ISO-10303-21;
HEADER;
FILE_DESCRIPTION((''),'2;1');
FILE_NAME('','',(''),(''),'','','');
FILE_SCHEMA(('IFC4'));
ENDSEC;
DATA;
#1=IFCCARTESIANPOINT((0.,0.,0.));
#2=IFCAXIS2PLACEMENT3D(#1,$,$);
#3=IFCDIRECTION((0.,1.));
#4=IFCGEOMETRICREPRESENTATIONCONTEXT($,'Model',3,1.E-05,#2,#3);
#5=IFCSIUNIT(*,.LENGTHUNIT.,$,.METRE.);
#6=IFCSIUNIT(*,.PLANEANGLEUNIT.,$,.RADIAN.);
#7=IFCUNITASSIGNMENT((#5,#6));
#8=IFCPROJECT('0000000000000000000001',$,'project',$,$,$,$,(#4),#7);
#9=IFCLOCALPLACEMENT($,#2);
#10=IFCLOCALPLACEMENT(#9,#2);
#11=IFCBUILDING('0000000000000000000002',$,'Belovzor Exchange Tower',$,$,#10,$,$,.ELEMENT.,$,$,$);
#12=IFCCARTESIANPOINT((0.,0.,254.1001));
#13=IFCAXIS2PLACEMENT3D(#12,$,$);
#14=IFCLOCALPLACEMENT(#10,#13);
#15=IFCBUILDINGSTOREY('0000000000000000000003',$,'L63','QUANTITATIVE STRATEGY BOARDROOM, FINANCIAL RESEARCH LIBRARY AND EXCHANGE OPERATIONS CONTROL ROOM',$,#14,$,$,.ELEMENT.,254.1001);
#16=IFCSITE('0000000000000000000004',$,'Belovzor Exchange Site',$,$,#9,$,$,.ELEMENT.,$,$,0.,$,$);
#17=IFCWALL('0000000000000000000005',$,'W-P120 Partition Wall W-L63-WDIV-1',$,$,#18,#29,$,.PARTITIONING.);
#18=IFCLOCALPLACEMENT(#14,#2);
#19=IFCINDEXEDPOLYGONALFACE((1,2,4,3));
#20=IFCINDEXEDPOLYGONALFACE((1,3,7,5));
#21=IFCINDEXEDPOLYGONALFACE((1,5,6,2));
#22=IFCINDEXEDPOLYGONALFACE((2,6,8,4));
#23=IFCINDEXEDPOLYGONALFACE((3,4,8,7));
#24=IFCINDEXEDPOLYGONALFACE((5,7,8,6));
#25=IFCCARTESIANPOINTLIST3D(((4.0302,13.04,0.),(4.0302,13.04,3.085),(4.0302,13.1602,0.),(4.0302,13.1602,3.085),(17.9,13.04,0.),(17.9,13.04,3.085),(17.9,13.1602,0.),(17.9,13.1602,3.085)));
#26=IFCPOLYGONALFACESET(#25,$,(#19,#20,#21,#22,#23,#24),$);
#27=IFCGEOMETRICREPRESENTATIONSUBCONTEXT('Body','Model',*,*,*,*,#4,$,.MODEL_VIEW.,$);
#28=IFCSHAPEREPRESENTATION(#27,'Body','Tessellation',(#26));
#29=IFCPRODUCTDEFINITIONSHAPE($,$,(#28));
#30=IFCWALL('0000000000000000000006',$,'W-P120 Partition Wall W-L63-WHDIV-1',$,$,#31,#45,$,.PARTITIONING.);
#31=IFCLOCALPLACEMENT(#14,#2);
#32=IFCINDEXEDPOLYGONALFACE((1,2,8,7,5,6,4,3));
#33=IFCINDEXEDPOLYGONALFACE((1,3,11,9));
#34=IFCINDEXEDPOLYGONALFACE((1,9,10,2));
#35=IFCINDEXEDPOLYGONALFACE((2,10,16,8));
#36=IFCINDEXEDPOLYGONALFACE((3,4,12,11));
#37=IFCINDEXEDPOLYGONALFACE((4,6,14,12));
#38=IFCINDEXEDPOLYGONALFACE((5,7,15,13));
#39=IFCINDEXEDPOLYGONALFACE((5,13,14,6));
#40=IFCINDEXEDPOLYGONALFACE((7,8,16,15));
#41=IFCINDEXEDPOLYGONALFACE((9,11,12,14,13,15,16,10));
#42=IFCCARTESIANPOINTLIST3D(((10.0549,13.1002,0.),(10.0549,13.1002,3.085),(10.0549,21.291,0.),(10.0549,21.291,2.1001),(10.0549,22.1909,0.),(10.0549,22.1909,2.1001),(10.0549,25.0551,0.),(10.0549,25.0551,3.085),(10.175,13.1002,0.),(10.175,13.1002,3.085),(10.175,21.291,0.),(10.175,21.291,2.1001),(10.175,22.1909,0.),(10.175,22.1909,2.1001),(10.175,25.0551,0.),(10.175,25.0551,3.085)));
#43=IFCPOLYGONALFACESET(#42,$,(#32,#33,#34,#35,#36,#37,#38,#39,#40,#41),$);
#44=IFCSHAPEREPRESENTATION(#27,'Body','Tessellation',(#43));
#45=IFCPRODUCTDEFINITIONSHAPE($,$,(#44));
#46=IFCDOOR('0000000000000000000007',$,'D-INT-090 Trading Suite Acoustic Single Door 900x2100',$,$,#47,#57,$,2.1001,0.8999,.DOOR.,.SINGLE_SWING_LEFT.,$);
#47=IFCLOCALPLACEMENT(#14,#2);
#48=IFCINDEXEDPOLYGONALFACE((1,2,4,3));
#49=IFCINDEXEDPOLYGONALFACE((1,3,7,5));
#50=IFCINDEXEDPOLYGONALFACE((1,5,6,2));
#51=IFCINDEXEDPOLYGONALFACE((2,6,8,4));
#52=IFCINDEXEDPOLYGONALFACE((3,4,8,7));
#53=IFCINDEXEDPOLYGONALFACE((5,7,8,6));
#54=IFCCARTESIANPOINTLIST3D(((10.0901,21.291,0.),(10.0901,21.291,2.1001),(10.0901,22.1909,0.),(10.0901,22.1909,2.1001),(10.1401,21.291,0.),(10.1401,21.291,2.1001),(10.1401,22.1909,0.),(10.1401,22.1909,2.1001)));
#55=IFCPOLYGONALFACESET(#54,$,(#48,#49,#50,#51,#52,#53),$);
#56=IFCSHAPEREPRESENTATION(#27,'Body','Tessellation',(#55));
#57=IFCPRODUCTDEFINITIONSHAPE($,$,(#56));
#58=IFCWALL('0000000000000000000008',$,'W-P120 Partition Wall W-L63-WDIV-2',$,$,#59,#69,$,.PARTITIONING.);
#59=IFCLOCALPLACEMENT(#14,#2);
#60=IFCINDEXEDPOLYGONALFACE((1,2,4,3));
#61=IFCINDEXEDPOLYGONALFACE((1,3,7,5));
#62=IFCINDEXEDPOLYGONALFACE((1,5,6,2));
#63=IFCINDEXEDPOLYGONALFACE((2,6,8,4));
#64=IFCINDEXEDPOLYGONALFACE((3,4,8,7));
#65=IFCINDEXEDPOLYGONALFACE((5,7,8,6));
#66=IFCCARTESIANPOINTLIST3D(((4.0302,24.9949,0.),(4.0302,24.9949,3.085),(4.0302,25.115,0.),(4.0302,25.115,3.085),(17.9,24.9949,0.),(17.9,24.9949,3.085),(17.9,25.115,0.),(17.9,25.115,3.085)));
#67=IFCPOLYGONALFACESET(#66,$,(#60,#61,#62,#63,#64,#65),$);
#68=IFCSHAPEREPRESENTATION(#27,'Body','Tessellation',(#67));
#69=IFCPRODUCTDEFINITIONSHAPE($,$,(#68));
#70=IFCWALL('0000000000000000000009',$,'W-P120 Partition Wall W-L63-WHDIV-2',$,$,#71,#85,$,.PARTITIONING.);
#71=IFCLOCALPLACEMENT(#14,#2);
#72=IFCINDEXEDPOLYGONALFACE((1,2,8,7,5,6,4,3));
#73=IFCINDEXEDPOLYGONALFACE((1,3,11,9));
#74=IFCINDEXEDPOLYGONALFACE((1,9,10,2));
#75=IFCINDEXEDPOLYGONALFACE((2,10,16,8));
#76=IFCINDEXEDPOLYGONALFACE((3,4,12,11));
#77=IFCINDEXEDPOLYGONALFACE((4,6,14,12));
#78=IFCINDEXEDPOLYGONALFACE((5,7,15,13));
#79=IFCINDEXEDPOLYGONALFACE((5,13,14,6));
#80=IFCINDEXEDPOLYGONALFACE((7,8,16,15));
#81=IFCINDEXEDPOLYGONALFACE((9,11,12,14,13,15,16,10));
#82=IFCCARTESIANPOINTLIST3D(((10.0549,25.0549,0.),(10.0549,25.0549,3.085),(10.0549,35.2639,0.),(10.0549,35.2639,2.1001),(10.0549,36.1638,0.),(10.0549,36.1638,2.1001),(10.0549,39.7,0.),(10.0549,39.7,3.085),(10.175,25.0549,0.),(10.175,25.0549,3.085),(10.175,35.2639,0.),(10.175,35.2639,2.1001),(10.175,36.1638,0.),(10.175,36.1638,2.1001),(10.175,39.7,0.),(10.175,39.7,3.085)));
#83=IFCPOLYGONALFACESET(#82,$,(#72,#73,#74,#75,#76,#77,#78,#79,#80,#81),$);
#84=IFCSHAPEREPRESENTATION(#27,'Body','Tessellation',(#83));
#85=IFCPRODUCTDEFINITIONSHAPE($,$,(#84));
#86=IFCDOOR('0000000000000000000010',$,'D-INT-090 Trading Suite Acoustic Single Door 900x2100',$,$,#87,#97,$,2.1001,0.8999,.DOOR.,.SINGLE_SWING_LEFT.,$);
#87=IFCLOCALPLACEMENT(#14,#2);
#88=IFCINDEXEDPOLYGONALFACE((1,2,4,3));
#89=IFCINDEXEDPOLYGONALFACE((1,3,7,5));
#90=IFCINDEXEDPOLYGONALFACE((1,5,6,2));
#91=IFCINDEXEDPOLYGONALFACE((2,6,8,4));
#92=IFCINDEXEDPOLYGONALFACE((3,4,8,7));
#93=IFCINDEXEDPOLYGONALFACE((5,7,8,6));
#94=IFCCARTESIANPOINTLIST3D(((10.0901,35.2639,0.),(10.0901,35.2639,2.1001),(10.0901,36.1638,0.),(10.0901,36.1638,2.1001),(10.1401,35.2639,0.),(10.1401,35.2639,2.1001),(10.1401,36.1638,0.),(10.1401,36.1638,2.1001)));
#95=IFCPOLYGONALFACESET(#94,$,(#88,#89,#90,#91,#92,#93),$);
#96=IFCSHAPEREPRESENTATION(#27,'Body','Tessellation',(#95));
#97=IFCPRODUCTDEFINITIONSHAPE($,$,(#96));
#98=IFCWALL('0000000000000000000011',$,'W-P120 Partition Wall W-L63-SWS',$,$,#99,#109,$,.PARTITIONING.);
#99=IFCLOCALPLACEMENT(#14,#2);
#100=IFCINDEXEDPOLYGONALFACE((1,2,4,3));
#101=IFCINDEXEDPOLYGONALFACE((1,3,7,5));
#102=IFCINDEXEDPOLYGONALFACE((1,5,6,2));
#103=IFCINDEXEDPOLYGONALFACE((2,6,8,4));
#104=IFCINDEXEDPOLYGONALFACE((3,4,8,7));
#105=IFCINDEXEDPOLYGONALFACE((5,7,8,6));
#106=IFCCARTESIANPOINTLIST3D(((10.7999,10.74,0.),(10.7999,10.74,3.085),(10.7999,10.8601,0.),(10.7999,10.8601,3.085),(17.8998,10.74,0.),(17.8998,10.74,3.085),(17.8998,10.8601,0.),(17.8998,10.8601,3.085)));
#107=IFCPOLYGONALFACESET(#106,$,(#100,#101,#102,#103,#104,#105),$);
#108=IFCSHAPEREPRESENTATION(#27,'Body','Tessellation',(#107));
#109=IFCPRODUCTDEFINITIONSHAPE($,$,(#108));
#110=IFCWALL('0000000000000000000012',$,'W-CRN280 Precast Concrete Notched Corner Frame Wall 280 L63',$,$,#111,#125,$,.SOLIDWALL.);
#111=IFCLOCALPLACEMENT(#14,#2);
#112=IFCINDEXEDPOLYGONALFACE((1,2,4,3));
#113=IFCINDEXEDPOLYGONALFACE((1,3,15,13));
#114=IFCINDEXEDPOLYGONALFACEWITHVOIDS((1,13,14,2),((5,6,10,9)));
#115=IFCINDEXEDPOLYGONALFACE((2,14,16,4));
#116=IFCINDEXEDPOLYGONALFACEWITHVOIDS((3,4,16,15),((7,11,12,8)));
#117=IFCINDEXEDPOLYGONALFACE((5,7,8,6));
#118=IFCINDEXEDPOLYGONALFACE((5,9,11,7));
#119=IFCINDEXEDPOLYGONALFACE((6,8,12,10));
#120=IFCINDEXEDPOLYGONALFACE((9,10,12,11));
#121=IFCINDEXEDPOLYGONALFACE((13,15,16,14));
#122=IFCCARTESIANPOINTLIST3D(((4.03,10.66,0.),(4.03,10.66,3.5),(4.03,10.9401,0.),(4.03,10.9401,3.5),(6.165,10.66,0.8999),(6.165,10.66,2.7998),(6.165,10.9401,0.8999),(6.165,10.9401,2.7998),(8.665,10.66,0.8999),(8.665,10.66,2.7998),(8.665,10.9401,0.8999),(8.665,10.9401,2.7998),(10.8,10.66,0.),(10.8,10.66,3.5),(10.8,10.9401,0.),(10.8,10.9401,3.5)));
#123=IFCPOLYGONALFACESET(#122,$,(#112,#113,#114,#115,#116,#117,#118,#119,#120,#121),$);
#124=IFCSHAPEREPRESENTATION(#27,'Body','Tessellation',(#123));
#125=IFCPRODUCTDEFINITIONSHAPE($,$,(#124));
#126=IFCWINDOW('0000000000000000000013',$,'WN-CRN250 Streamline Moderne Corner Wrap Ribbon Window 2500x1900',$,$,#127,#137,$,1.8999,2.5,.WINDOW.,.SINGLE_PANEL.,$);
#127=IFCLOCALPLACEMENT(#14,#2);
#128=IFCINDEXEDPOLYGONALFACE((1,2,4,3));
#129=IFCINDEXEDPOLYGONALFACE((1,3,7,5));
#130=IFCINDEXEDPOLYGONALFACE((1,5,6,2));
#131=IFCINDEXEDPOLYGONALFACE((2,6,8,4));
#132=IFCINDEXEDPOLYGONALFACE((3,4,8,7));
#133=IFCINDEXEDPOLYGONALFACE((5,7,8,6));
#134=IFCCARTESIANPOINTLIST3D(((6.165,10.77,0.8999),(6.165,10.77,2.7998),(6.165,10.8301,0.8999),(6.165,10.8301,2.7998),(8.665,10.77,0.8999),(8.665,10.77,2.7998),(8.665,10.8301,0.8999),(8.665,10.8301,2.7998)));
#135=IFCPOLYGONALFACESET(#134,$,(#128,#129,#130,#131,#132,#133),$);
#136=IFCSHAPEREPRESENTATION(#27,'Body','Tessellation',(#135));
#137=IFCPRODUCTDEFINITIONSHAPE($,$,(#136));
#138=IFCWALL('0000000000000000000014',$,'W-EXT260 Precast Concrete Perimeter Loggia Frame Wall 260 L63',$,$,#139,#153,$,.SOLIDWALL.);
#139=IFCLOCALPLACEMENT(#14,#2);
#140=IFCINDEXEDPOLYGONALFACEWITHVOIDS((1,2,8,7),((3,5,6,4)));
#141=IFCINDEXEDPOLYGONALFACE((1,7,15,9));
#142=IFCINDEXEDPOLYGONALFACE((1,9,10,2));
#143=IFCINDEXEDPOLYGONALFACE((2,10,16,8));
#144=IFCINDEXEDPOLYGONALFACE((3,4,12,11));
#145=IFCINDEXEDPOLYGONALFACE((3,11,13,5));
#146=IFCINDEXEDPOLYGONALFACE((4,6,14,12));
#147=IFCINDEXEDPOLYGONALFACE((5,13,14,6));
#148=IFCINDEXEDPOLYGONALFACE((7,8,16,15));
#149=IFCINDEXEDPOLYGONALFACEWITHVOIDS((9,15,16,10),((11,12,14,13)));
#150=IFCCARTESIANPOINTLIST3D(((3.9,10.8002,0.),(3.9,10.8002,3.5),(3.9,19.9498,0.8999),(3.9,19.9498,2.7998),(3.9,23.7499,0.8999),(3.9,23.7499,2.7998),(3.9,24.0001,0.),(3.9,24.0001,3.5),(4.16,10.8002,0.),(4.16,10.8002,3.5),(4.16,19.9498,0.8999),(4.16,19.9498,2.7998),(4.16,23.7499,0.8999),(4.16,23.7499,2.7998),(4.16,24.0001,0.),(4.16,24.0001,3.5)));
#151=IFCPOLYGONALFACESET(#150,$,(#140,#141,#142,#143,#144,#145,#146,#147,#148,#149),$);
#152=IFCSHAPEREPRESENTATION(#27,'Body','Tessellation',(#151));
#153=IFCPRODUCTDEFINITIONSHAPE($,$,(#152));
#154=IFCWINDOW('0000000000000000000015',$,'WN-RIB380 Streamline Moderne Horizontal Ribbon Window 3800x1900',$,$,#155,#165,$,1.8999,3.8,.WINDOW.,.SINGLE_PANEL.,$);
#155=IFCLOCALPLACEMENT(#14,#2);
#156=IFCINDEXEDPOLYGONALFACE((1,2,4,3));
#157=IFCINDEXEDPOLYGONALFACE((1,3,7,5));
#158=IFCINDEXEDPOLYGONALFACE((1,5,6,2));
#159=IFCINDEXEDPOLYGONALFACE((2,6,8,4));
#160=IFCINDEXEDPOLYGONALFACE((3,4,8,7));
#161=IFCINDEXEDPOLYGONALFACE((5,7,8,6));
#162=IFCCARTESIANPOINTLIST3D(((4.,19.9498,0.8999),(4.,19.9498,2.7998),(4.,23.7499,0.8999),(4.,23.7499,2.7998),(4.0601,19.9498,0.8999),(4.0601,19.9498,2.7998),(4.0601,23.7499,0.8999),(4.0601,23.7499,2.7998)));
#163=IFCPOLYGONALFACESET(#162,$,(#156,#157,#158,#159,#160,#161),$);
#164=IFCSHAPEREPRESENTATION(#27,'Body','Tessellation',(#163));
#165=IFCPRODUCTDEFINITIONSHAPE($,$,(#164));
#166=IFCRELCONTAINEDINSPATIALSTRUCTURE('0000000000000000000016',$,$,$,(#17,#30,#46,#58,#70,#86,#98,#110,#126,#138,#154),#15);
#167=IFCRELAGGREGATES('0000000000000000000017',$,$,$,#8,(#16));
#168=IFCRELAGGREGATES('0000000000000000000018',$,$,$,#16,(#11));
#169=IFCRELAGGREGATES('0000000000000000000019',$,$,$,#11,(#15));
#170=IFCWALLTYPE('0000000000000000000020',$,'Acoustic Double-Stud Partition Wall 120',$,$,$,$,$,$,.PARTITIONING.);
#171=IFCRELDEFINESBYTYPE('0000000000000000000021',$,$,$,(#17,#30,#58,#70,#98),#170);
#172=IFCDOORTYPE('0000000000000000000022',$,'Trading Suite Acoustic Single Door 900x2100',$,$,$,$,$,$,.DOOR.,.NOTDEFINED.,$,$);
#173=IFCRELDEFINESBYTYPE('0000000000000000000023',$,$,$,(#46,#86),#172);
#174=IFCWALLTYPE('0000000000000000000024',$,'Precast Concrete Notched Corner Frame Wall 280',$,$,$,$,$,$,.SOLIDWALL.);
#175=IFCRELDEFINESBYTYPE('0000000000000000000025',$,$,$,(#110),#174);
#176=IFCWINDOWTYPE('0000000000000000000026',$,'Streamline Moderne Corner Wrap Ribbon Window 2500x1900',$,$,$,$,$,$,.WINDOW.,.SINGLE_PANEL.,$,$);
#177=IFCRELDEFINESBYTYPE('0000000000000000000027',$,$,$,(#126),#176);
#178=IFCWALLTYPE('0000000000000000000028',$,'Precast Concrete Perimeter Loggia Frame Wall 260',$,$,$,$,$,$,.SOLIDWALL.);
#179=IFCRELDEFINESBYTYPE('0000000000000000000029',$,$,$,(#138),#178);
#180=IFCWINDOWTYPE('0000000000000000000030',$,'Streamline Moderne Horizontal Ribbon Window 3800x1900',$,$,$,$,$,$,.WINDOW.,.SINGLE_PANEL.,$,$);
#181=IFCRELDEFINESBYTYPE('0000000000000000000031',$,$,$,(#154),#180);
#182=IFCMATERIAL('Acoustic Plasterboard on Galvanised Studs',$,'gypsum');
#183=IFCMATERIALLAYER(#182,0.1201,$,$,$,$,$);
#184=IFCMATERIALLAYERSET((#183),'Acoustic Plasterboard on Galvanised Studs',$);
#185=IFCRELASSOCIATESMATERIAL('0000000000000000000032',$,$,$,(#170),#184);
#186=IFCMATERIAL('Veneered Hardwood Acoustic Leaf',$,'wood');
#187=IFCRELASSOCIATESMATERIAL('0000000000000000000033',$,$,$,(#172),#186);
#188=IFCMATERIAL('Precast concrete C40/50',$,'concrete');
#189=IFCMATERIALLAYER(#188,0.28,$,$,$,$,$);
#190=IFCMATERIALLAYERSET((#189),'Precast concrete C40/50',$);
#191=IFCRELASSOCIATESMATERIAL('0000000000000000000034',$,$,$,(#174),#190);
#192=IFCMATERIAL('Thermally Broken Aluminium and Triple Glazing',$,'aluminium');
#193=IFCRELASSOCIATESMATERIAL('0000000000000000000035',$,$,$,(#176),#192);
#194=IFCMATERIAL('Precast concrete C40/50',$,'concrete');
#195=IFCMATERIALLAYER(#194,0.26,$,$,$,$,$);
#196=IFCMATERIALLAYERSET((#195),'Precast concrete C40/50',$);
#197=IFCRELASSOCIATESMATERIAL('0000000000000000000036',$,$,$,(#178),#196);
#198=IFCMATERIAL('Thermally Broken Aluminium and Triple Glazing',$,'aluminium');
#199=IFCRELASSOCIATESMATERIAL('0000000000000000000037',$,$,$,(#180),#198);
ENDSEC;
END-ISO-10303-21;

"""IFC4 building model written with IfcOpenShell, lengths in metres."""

from ifc_helpers import new_model, si_unit, direction, frame, frame_2d, origin, place, context, subcontext, project, spatial, rectangle, extrude, material, layer, layer_set, type_object, element, fill, save


model = new_model("IFC4")

# Units and contexts
model_context = context("Model", 3, precision=1e-05, world=origin(), true_north=direction((0.0, 1.0)))
body_context = subcontext(model_context, "Body", "Model", "MODEL_VIEW")
ifc_project = project(units=[si_unit("LENGTHUNIT", "METRE"), si_unit("PLANEANGLEUNIT", "RADIAN")], contexts=[model_context])

# Site, building, storey
site_placement = place(None, origin())
site = spatial("IfcSite", under=ifc_project, at=site_placement, Name="Belovzor Exchange Site", CompositionType="ELEMENT", RefElevation=0.0)
building_placement = place(site_placement, origin())
building = spatial("IfcBuilding", under=site, at=building_placement, Name="Belovzor Exchange Tower", CompositionType="ELEMENT")
storey_placement = place(building_placement, frame((0.0, 0.0, 254.1001)))
storey = spatial("IfcBuildingStorey", under=building, at=storey_placement, Name="L63", Description="QUANTITATIVE STRATEGY BOARDROOM, FINANCIAL RESEARCH LIBRARY AND EXCHANGE OPERATIONS CONTROL ROOM", CompositionType="ELEMENT", Elevation=254.1001)

# Shared definitions
ifc_material_1 = material(Name="Acoustic Plasterboard on Galvanised Studs", Category="gypsum")
ifc_layer_1 = layer(ifc_material_1, 0.1201)
ifc_layer_set_1 = layer_set([ifc_layer_1], Name="Acoustic Plasterboard on Galvanised Studs")
wall_type_1 = type_object("IfcWallType", Name="Acoustic Double-Stud Partition Wall 120", PredefinedType="PARTITIONING", material=ifc_layer_set_1)
ifc_material_2 = material(Name="Veneered Hardwood Acoustic Leaf", Category="wood")
door_type = type_object("IfcDoorType", Name="Trading Suite Acoustic Single Door 900x2100", OperationType="NOTDEFINED", PredefinedType="DOOR", material=ifc_material_2)

# Wall
wall_1_placement = place(storey_placement, frame((4.03, 13.1001, 0.0), z_axis=(0.0, 0.0, 1.0), x_axis=(1.0, 0.0, 0.0)))
element("IfcWall", 1, at=wall_1_placement, inside=storey, type_object=wall_type_1, Name="W-P120 Partition Wall W-L63-WDIV-1", PredefinedType="PARTITIONING", context=body_context, shape_type="SweptSolid", body=[
    extrude(rectangle(XDim=13.8699, YDim=0.1201, at=frame_2d((6.9351, 0.0))), origin(), (0.0, 0.0, 1.0), 3.085),
])

# Wall, opening, door
wall_2_placement = place(storey_placement, frame((10.115, 13.1001, 0.0), z_axis=(0.0, 0.0, 1.0), x_axis=(0.0, 1.0, 0.0)))
wall_2 = element("IfcWall", 2, at=wall_2_placement, inside=storey, type_object=wall_type_1, Name="W-P120 Partition Wall W-L63-WHDIV-1", PredefinedType="PARTITIONING", context=body_context, shape_type="SweptSolid", body=[
    extrude(rectangle(XDim=11.9548, YDim=0.1201, at=frame_2d((5.9775, 0.0))), origin(), (0.0, 0.0, 1.0), 3.085),
])
opening_1_placement = place(wall_2_placement, frame((8.1909, 0.0, 0.0)))
opening_1 = element("IfcOpeningElement", 3, at=opening_1_placement, cuts=wall_2, PredefinedType="OPENING", context=body_context, shape_type="SweptSolid", body=[
    extrude(rectangle(XDim=0.8999, YDim=2.1001, at=frame_2d((0.45, 1.05))), frame((0.0, 0.0701, 0.0), z_axis=(0.0, -1.0, 0.0), x_axis=(1.0, 0.0, 0.0)), (0.0, 0.0, 1.0), 0.1401),
])
door_1_placement = place(opening_1_placement, origin())
door_1 = element("IfcDoor", 4, at=door_1_placement, inside=storey, type_object=door_type, Name="D-INT-090 Trading Suite Acoustic Single Door 900x2100", OperationType="SINGLE_SWING_LEFT", OverallHeight=2.1001, OverallWidth=0.8999, PredefinedType="DOOR", context=body_context, shape_type="SweptSolid", body=[
    extrude(rectangle(XDim=0.8999, YDim=2.1001, at=frame_2d((0.45, 1.05))), frame((0.0, 0.0249, 0.0), z_axis=(0.0, -1.0, 0.0), x_axis=(1.0, 0.0, 0.0)), (0.0, 0.0, 1.0), 0.05),
])
fill(opening_1, door_1)

# Wall
wall_3_placement = place(storey_placement, frame((4.03, 25.0549, 0.0), z_axis=(0.0, 0.0, 1.0), x_axis=(1.0, 0.0, 0.0)))
element("IfcWall", 5, at=wall_3_placement, inside=storey, type_object=wall_type_1, Name="W-P120 Partition Wall W-L63-WDIV-2", PredefinedType="PARTITIONING", context=body_context, shape_type="SweptSolid", body=[
    extrude(rectangle(XDim=13.8699, YDim=0.1201, at=frame_2d((6.9351, 0.0))), origin(), (0.0, 0.0, 1.0), 3.085),
])

# Wall, opening, door
wall_4_placement = place(storey_placement, frame((10.115, 25.0549, 0.0), z_axis=(0.0, 0.0, 1.0), x_axis=(0.0, 1.0, 0.0)))
wall_4 = element("IfcWall", 6, at=wall_4_placement, inside=storey, type_object=wall_type_1, Name="W-P120 Partition Wall W-L63-WHDIV-2", PredefinedType="PARTITIONING", context=body_context, shape_type="SweptSolid", body=[
    extrude(rectangle(XDim=14.645, YDim=0.1201, at=frame_2d((7.3225, 0.0))), origin(), (0.0, 0.0, 1.0), 3.085),
])
opening_2_placement = place(wall_4_placement, frame((10.209, 0.0, 0.0)))
opening_2 = element("IfcOpeningElement", 7, at=opening_2_placement, cuts=wall_4, PredefinedType="OPENING", context=body_context, shape_type="SweptSolid", body=[
    extrude(rectangle(XDim=0.8999, YDim=2.1001, at=frame_2d((0.45, 1.05))), frame((0.0, 0.0701, 0.0), z_axis=(0.0, -1.0, 0.0), x_axis=(1.0, 0.0, 0.0)), (0.0, 0.0, 1.0), 0.1401),
])
door_2_placement = place(opening_2_placement, origin())
door_2 = element("IfcDoor", 8, at=door_2_placement, inside=storey, type_object=door_type, Name="D-INT-090 Trading Suite Acoustic Single Door 900x2100", OperationType="SINGLE_SWING_LEFT", OverallHeight=2.1001, OverallWidth=0.8999, PredefinedType="DOOR", context=body_context, shape_type="SweptSolid", body=[
    extrude(rectangle(XDim=0.8999, YDim=2.1001, at=frame_2d((0.45, 1.05))), frame((0.0, 0.0249, 0.0), z_axis=(0.0, -1.0, 0.0), x_axis=(1.0, 0.0, 0.0)), (0.0, 0.0, 1.0), 0.05),
])
fill(opening_2, door_2)

# Wall
wall_5_placement = place(storey_placement, frame((10.8, 10.8, 0.0), z_axis=(0.0, 0.0, 1.0), x_axis=(1.0, 0.0, 0.0)))
element("IfcWall", 9, at=wall_5_placement, inside=storey, type_object=wall_type_1, Name="W-P120 Partition Wall W-L63-SWS", PredefinedType="PARTITIONING", context=body_context, shape_type="SweptSolid", body=[
    extrude(rectangle(XDim=7.0999, YDim=0.1201, at=frame_2d((3.5498, 0.0))), origin(), (0.0, 0.0, 1.0), 3.085),
])

# Walls, openings, windows
ifc_material_3 = material(Name="Precast concrete C40/50", Category="concrete")
ifc_layer_2 = layer(ifc_material_3, 0.28)
ifc_layer_set_2 = layer_set([ifc_layer_2], Name="Precast concrete C40/50")
wall_type_2 = type_object("IfcWallType", Name="Precast Concrete Notched Corner Frame Wall 280", PredefinedType="SOLIDWALL", material=ifc_layer_set_2)
wall_6_placement = place(storey_placement, frame((10.8, 10.8, 0.0), z_axis=(0.0, 0.0, 1.0), x_axis=(-1.0, 0.0, 0.0)))
wall_6 = element("IfcWall", 10, at=wall_6_placement, inside=storey, type_object=wall_type_2, Name="W-CRN280 Precast Concrete Notched Corner Frame Wall 280 L63", PredefinedType="SOLIDWALL", context=body_context, shape_type="SweptSolid", body=[
    extrude(rectangle(XDim=6.77, YDim=0.28, at=frame_2d((3.385, 0.0))), origin(), (0.0, 0.0, 1.0), 3.5),
])
opening_3_placement = place(wall_6_placement, frame((2.135, 0.0, 0.8999)))
opening_3 = element("IfcOpeningElement", 11, at=opening_3_placement, cuts=wall_6, PredefinedType="OPENING", context=body_context, shape_type="SweptSolid", body=[
    extrude(rectangle(XDim=2.5, YDim=1.8999, at=frame_2d((1.25, 0.95))), frame((0.0, 0.1499, 0.0), z_axis=(0.0, -1.0, 0.0), x_axis=(1.0, 0.0, 0.0)), (0.0, 0.0, 1.0), 0.3),
])
ifc_material_4 = material(Name="Thermally Broken Aluminium and Triple Glazing", Category="aluminium")
window_type_1 = type_object("IfcWindowType", Name="Streamline Moderne Corner Wrap Ribbon Window 2500x1900", PartitioningType="SINGLE_PANEL", PredefinedType="WINDOW", material=ifc_material_4)
window_1_placement = place(opening_3_placement, origin())
window_1 = element("IfcWindow", 12, at=window_1_placement, inside=storey, type_object=window_type_1, Name="WN-CRN250 Streamline Moderne Corner Wrap Ribbon Window 2500x1900", OverallHeight=1.8999, OverallWidth=2.5, PartitioningType="SINGLE_PANEL", PredefinedType="WINDOW", context=body_context, shape_type="SweptSolid", body=[
    extrude(rectangle(XDim=2.5, YDim=1.8999, at=frame_2d((1.25, 0.95))), frame((0.0, 0.03, 0.0), z_axis=(0.0, -1.0, 0.0), x_axis=(1.0, 0.0, 0.0)), (0.0, 0.0, 1.0), 0.0601),
])
fill(opening_3, window_1)
ifc_material_5 = material(Name="Precast concrete C40/50", Category="concrete")
ifc_layer_3 = layer(ifc_material_5, 0.26)
ifc_layer_set_3 = layer_set([ifc_layer_3], Name="Precast concrete C40/50")
wall_type_3 = type_object("IfcWallType", Name="Precast Concrete Perimeter Loggia Frame Wall 260", PredefinedType="SOLIDWALL", material=ifc_layer_set_3)
wall_7_placement = place(storey_placement, frame((4.03, 10.8, 0.0), z_axis=(0.0, 0.0, 1.0), x_axis=(0.0, 1.0, 0.0)))
wall_7 = element("IfcWall", 13, at=wall_7_placement, inside=storey, type_object=wall_type_3, Name="W-EXT260 Precast Concrete Perimeter Loggia Frame Wall 260 L63", PredefinedType="SOLIDWALL", context=body_context, shape_type="SweptSolid", body=[
    extrude(rectangle(XDim=13.2, YDim=0.26, at=frame_2d((6.6001, 0.0))), origin(), (0.0, 0.0, 1.0), 3.5),
])
opening_4_placement = place(wall_7_placement, frame((9.1499, 0.0, 0.8999)))
opening_4 = element("IfcOpeningElement", 14, at=opening_4_placement, cuts=wall_7, PredefinedType="OPENING", context=body_context, shape_type="SweptSolid", body=[
    extrude(rectangle(XDim=3.8, YDim=1.8999, at=frame_2d((1.8999, 0.95))), frame((0.0, 0.1399, 0.0), z_axis=(0.0, -1.0, 0.0), x_axis=(1.0, 0.0, 0.0)), (0.0, 0.0, 1.0), 0.28),
])
ifc_material_6 = material(Name="Thermally Broken Aluminium and Triple Glazing", Category="aluminium")
window_type_2 = type_object("IfcWindowType", Name="Streamline Moderne Horizontal Ribbon Window 3800x1900", PartitioningType="SINGLE_PANEL", PredefinedType="WINDOW", material=ifc_material_6)
window_2_placement = place(opening_4_placement, origin())
window_2 = element("IfcWindow", 15, at=window_2_placement, inside=storey, type_object=window_type_2, Name="WN-RIB380 Streamline Moderne Horizontal Ribbon Window 3800x1900", OverallHeight=1.8999, OverallWidth=3.8, PartitioningType="SINGLE_PANEL", PredefinedType="WINDOW", context=body_context, shape_type="SweptSolid", body=[
    extrude(rectangle(XDim=3.8, YDim=1.8999, at=frame_2d((1.8999, 0.95))), frame((0.0, 0.03, 0.0), z_axis=(0.0, -1.0, 0.0), x_axis=(1.0, 0.0, 0.0)), (0.0, 0.0, 1.0), 0.0601),
])
fill(opening_4, window_2)

save(model, "model.ifc")
